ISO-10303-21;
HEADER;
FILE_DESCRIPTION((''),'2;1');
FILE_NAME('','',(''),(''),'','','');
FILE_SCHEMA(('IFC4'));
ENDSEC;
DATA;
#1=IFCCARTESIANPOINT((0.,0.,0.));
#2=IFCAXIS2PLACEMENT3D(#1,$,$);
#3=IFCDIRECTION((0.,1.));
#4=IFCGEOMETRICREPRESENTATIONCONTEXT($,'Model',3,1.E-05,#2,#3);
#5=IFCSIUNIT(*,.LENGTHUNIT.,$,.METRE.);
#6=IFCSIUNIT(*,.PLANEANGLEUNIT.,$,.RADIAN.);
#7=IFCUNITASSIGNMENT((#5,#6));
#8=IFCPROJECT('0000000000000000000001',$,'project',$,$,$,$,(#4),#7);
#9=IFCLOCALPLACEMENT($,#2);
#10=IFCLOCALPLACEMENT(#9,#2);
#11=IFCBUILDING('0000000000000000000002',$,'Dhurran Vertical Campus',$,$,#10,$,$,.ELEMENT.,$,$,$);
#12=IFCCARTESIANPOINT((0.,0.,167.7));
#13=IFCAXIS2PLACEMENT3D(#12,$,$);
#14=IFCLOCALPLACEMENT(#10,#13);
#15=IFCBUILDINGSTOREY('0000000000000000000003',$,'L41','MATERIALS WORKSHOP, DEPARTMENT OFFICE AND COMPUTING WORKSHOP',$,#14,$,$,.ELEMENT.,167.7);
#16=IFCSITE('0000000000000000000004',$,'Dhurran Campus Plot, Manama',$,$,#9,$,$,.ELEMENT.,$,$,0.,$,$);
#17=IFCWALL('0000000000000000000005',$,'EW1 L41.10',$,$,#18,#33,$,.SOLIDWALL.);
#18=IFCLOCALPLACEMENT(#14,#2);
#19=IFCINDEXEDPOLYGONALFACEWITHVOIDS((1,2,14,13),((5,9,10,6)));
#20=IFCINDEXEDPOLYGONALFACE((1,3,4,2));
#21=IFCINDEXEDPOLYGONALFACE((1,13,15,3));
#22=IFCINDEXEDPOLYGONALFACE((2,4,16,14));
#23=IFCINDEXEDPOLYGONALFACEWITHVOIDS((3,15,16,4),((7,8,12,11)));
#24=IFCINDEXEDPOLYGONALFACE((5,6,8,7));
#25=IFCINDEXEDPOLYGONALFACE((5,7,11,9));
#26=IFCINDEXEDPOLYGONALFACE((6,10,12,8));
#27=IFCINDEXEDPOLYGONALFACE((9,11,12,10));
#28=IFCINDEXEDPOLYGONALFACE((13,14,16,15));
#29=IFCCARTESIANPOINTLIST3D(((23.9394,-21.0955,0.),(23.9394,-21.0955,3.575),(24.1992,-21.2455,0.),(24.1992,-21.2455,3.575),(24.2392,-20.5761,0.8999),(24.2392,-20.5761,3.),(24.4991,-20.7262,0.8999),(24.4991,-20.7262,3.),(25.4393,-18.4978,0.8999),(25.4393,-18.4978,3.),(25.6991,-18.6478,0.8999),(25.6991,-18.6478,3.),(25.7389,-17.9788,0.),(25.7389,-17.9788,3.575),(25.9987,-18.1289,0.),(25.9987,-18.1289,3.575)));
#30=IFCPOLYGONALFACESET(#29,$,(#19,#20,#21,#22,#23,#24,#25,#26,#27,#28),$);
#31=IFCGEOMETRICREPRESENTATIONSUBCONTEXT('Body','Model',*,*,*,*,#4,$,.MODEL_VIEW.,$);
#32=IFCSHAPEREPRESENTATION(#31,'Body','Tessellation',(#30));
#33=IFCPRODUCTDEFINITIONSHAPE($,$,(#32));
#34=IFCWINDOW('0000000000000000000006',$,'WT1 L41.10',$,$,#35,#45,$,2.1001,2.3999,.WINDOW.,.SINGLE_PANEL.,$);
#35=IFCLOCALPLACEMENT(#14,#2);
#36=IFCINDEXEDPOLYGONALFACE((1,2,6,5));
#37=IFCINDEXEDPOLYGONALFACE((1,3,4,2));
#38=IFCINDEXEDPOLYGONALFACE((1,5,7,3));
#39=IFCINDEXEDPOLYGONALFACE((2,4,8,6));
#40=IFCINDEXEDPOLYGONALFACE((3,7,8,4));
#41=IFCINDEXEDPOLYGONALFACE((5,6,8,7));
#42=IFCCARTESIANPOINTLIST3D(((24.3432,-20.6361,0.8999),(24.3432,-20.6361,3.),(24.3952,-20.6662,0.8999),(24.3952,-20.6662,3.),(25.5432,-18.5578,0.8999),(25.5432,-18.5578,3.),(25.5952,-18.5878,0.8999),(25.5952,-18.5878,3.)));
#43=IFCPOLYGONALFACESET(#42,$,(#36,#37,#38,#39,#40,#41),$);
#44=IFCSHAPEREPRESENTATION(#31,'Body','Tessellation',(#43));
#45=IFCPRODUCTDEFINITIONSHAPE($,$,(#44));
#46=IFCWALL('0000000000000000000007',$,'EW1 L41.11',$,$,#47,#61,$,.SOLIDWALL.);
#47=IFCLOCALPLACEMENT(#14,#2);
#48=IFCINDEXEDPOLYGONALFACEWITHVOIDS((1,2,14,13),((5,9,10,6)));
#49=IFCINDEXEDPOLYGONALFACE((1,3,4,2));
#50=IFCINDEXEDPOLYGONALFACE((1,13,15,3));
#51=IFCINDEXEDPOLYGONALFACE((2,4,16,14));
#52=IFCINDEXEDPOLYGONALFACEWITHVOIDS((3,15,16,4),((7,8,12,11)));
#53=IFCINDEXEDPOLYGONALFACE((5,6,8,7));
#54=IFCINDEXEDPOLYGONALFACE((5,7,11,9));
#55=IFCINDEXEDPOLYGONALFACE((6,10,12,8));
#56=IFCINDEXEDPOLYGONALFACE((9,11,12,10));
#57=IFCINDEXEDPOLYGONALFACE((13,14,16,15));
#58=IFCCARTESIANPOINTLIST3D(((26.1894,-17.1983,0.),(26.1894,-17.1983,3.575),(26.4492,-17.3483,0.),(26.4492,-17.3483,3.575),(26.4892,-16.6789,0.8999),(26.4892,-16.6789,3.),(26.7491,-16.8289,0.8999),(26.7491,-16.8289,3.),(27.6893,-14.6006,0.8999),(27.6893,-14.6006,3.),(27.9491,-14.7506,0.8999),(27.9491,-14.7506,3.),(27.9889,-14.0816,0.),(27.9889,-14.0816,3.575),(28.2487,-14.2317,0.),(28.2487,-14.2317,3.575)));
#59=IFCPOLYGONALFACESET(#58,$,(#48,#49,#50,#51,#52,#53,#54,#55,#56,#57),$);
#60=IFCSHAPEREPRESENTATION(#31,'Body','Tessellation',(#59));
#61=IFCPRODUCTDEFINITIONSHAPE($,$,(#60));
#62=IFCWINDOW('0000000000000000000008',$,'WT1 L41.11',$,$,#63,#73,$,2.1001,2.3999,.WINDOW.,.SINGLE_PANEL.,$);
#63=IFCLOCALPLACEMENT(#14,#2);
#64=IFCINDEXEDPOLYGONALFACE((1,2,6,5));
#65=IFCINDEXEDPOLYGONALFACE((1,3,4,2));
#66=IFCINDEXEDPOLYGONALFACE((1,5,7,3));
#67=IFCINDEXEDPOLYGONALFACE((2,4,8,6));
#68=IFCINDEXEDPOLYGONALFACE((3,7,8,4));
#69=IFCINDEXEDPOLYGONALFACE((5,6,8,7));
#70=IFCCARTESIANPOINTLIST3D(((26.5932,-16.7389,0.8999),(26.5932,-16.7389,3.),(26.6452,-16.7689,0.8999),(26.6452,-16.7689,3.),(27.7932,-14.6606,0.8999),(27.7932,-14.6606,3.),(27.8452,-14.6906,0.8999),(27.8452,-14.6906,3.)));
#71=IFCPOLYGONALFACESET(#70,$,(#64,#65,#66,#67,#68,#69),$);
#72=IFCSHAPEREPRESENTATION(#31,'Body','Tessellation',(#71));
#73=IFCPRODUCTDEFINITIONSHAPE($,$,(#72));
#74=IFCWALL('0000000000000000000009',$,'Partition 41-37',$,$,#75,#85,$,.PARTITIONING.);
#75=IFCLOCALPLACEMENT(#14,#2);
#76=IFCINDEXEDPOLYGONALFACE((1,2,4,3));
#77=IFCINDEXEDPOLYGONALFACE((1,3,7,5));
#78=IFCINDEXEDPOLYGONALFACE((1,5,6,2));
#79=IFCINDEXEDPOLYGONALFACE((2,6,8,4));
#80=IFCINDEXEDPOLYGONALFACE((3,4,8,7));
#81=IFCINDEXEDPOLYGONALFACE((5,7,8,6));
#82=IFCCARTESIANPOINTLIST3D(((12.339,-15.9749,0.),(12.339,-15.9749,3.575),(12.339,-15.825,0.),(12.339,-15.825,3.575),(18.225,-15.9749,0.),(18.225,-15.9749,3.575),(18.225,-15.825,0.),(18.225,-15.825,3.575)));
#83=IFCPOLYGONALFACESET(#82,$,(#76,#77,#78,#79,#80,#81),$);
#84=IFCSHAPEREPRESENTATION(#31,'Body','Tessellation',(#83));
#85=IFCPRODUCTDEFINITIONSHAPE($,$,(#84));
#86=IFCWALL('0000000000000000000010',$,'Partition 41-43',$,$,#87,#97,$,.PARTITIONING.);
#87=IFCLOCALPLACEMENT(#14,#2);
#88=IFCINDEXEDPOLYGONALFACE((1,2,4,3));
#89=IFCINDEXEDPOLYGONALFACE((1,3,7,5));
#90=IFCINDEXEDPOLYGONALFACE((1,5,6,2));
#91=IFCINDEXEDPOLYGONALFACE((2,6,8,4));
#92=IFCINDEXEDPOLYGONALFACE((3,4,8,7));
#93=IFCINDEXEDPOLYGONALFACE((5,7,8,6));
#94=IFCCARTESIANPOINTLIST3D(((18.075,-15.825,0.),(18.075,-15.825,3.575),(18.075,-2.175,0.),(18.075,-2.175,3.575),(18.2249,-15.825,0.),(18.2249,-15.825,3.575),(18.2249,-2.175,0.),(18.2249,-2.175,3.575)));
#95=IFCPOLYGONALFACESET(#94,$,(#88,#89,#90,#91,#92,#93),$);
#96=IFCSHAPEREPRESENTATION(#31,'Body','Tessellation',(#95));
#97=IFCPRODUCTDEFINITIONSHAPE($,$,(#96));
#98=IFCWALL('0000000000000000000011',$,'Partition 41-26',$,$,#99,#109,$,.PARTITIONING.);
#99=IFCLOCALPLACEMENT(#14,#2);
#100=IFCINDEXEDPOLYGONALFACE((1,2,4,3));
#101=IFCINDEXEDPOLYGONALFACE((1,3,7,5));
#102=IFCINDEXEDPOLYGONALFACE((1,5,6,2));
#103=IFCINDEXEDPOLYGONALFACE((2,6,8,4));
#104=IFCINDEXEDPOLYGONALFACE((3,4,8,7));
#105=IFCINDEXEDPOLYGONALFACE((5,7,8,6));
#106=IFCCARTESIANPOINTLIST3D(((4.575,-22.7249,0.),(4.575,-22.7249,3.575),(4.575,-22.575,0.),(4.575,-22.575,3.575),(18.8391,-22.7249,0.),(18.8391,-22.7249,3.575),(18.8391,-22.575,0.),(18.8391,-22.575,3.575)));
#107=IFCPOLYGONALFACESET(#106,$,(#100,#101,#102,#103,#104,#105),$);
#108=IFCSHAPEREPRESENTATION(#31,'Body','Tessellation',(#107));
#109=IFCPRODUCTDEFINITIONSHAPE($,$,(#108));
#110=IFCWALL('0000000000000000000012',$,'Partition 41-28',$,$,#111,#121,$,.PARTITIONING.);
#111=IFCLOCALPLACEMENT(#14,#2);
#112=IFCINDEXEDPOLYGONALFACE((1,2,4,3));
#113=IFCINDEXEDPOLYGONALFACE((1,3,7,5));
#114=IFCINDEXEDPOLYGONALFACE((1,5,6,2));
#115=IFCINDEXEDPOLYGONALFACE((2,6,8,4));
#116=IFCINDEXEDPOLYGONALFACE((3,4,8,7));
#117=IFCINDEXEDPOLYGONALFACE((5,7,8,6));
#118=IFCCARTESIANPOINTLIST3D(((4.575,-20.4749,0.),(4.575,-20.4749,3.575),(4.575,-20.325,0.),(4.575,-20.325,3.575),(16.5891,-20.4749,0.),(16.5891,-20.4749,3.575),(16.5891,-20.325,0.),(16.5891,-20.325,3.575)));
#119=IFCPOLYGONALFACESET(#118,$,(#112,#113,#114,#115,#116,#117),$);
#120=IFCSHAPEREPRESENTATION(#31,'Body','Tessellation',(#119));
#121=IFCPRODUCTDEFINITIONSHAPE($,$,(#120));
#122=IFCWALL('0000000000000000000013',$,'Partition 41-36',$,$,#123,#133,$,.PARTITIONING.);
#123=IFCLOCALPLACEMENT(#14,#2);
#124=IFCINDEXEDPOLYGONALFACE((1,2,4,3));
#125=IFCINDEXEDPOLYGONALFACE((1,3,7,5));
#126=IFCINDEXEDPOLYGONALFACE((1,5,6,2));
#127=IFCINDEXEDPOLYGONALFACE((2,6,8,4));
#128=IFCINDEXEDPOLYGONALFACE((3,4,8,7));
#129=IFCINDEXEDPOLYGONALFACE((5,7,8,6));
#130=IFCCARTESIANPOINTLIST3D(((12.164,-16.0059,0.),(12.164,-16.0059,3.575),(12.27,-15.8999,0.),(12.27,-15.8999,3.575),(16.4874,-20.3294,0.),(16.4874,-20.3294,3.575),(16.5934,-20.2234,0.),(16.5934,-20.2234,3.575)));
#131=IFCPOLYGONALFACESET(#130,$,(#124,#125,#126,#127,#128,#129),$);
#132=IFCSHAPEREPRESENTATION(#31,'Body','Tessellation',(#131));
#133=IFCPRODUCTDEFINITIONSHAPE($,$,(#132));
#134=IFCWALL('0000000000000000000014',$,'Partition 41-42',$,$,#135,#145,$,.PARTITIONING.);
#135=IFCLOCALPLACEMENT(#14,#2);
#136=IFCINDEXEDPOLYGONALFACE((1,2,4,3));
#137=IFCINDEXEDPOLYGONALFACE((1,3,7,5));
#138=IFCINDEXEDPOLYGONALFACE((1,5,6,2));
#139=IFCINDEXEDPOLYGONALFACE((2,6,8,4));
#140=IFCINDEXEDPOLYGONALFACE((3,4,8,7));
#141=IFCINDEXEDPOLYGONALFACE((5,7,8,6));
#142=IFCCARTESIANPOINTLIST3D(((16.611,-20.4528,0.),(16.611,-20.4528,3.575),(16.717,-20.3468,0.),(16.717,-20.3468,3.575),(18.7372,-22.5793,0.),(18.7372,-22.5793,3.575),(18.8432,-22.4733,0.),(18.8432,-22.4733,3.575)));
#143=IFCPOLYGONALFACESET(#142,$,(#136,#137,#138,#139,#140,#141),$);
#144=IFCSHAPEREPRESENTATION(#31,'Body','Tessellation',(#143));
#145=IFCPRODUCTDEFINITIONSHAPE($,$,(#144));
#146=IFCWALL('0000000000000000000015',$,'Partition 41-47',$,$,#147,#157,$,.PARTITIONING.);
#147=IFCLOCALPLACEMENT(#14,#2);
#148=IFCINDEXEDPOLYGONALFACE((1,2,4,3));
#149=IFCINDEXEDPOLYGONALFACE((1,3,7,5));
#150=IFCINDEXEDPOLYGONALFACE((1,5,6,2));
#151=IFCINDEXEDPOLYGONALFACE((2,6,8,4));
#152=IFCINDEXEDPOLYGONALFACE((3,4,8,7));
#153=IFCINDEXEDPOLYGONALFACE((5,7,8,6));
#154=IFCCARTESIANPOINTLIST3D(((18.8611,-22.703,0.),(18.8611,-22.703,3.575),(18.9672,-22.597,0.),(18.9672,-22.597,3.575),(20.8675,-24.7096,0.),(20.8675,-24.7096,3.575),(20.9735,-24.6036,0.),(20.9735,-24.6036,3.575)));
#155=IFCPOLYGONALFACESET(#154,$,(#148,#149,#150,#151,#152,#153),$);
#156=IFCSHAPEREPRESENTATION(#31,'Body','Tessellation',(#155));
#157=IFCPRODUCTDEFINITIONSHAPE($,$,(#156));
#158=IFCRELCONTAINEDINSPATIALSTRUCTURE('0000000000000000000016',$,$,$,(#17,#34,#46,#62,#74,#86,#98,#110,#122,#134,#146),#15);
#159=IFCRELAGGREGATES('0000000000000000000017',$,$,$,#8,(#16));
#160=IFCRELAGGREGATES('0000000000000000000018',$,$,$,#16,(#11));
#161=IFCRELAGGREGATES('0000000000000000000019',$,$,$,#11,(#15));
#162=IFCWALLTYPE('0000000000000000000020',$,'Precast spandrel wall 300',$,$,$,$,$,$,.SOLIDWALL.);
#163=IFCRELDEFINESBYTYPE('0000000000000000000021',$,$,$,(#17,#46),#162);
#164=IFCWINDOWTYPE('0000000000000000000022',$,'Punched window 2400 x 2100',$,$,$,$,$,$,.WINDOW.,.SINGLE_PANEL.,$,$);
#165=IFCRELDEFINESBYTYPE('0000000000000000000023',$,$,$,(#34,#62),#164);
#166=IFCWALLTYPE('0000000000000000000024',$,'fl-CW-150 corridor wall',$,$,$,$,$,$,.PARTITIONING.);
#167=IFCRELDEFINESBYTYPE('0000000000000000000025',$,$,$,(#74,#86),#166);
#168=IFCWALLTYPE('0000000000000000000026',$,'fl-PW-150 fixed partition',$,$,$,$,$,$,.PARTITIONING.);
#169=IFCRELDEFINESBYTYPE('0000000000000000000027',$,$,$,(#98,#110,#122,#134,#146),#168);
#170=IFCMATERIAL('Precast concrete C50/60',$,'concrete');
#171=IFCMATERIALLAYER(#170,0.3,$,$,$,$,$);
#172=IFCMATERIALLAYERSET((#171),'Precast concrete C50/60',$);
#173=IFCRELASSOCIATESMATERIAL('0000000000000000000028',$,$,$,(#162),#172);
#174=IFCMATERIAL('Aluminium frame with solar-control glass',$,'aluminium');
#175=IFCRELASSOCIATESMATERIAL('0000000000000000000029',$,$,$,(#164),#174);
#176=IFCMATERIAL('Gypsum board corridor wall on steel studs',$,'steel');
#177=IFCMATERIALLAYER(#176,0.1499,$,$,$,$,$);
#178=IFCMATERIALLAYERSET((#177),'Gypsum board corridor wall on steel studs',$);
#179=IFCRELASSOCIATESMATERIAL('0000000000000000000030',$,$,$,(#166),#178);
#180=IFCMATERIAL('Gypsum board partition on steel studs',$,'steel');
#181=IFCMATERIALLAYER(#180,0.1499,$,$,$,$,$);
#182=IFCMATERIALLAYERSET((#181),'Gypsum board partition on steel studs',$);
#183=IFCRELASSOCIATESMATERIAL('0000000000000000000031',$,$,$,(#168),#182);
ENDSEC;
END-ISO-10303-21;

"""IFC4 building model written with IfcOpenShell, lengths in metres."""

from ifc_helpers import new_model, si_unit, direction, frame, frame_2d, origin, place, context, subcontext, project, spatial, rectangle, extrude, material, layer, layer_set, type_object, element, fill, save


model = new_model("IFC4")

# Units and contexts
model_context = context("Model", 3, precision=1e-05, world=origin(), true_north=direction((0.0, 1.0)))
body_context = subcontext(model_context, "Body", "Model", "MODEL_VIEW")
ifc_project = project(units=[si_unit("LENGTHUNIT", "METRE"), si_unit("PLANEANGLEUNIT", "RADIAN")], contexts=[model_context])

# Site, building, storey
site_placement = place(None, origin())
site = spatial("IfcSite", under=ifc_project, at=site_placement, Name="Dhurran Campus Plot, Manama", CompositionType="ELEMENT", RefElevation=0.0)
building_placement = place(site_placement, origin())
building = spatial("IfcBuilding", under=site, at=building_placement, Name="Dhurran Vertical Campus", CompositionType="ELEMENT")
storey_placement = place(building_placement, frame((0.0, 0.0, 167.7)))
storey = spatial("IfcBuildingStorey", under=building, at=storey_placement, Name="L41", Description="MATERIALS WORKSHOP, DEPARTMENT OFFICE AND COMPUTING WORKSHOP", CompositionType="ELEMENT", Elevation=167.7)

# Walls, openings, windows
ifc_material_1 = material(Name="Precast concrete C50/60", Category="concrete")
ifc_layer_1 = layer(ifc_material_1, 0.3)
ifc_layer_set_1 = layer_set([ifc_layer_1], Name="Precast concrete C50/60")
wall_type_1 = type_object("IfcWallType", Name="Precast spandrel wall 300", PredefinedType="SOLIDWALL", material=ifc_layer_set_1)
ifc_material_2 = material(Name="Aluminium frame with solar-control glass", Category="aluminium")
window_type = type_object("IfcWindowType", Name="Punched window 2400 x 2100", PartitioningType="SINGLE_PANEL", PredefinedType="WINDOW", material=ifc_material_2)
wall_1_placement = place(storey_placement, frame((24.0693, -21.1704, 0.0), z_axis=(0.0, 0.0, 1.0), x_axis=(0.500028, 0.866009, 0.0)))
wall_1 = element("IfcWall", 1, at=wall_1_placement, inside=storey, type_object=wall_type_1, Name="EW1 L41.10", PredefinedType="SOLIDWALL", context=body_context, shape_type="SweptSolid", body=[
    extrude(rectangle(XDim=3.5989, YDim=0.3, at=frame_2d((1.7993, 0.0))), origin(), (0.0, 0.0, 1.0), 3.575),
])
opening_1_placement = place(wall_1_placement, frame((0.5996, 0.0, 0.8999)))
opening_1 = element("IfcOpeningElement", 2, at=opening_1_placement, cuts=wall_1, PredefinedType="OPENING", context=body_context, shape_type="SweptSolid", body=[
    extrude(rectangle(XDim=2.3999, YDim=2.1001, at=frame_2d((1.2, 1.05))), frame((0.0, 0.1599, 0.0), z_axis=(0.0, -1.0, 0.0), x_axis=(1.0, 0.0, 0.0)), (0.0, 0.0, 1.0), 0.3201),
])
window_1_placement = place(opening_1_placement, origin())
window_1 = element("IfcWindow", 3, at=window_1_placement, inside=storey, type_object=window_type, Name="WT1 L41.10", OverallHeight=2.1001, OverallWidth=2.3999, PartitioningType="SINGLE_PANEL", PredefinedType="WINDOW", context=body_context, shape_type="SweptSolid", body=[
    extrude(rectangle(XDim=2.3999, YDim=2.1001, at=frame_2d((1.2, 1.05))), frame((0.0, 0.03, 0.0), z_axis=(0.0, -1.0, 0.0), x_axis=(1.0, 0.0, 0.0)), (0.0, 0.0, 1.0), 0.0601),
])
fill(opening_1, window_1)
wall_2_placement = place(storey_placement, frame((26.3193, -17.2732, 0.0), z_axis=(0.0, 0.0, 1.0), x_axis=(0.500028, 0.866009, 0.0)))
wall_2 = element("IfcWall", 4, at=wall_2_placement, inside=storey, type_object=wall_type_1, Name="EW1 L41.11", PredefinedType="SOLIDWALL", context=body_context, shape_type="SweptSolid", body=[
    extrude(rectangle(XDim=3.5989, YDim=0.3, at=frame_2d((1.7993, 0.0))), origin(), (0.0, 0.0, 1.0), 3.575),
])
opening_2_placement = place(wall_2_placement, frame((0.5996, 0.0, 0.8999)))
opening_2 = element("IfcOpeningElement", 5, at=opening_2_placement, cuts=wall_2, PredefinedType="OPENING", context=body_context, shape_type="SweptSolid", body=[
    extrude(rectangle(XDim=2.3999, YDim=2.1001, at=frame_2d((1.2, 1.05))), frame((0.0, 0.1599, 0.0), z_axis=(0.0, -1.0, 0.0), x_axis=(1.0, 0.0, 0.0)), (0.0, 0.0, 1.0), 0.3201),
])
window_2_placement = place(opening_2_placement, origin())
window_2 = element("IfcWindow", 6, at=window_2_placement, inside=storey, type_object=window_type, Name="WT1 L41.11", OverallHeight=2.1001, OverallWidth=2.3999, PartitioningType="SINGLE_PANEL", PredefinedType="WINDOW", context=body_context, shape_type="SweptSolid", body=[
    extrude(rectangle(XDim=2.3999, YDim=2.1001, at=frame_2d((1.2, 1.05))), frame((0.0, 0.03, 0.0), z_axis=(0.0, -1.0, 0.0), x_axis=(1.0, 0.0, 0.0)), (0.0, 0.0, 1.0), 0.0601),
])
fill(opening_2, window_2)

# Walls
ifc_material_3 = material(Name="Gypsum board corridor wall on steel studs", Category="steel")
ifc_layer_2 = layer(ifc_material_3, 0.1499)
ifc_layer_set_2 = layer_set([ifc_layer_2], Name="Gypsum board corridor wall on steel studs")
wall_type_2 = type_object("IfcWallType", Name="fl-CW-150 corridor wall", PredefinedType="PARTITIONING", material=ifc_layer_set_2)
wall_3_placement = place(storey_placement, frame((12.3391, -15.8999, 0.0), z_axis=(0.0, 0.0, 1.0), x_axis=(1.0, 0.0, 0.0)))
element("IfcWall", 7, at=wall_3_placement, inside=storey, type_object=wall_type_2, Name="Partition 41-37", PredefinedType="PARTITIONING", context=body_context, shape_type="SweptSolid", body=[
    extrude(rectangle(XDim=5.886, YDim=0.1499, at=frame_2d((2.9429, 0.0))), origin(), (0.0, 0.0, 1.0), 3.575),
])
wall_4_placement = place(storey_placement, frame((18.1499, -15.825, 0.0), z_axis=(0.0, 0.0, 1.0), x_axis=(0.0, 1.0, 0.0)))
element("IfcWall", 8, at=wall_4_placement, inside=storey, type_object=wall_type_2, Name="Partition 41-43", PredefinedType="PARTITIONING", context=body_context, shape_type="SweptSolid", body=[
    extrude(rectangle(XDim=13.6499, YDim=0.1499, at=frame_2d((6.825, 0.0))), origin(), (0.0, 0.0, 1.0), 3.575),
])
ifc_material_4 = material(Name="Gypsum board partition on steel studs", Category="steel")
ifc_layer_3 = layer(ifc_material_4, 0.1499)
ifc_layer_set_3 = layer_set([ifc_layer_3], Name="Gypsum board partition on steel studs")
wall_type_3 = type_object("IfcWallType", Name="fl-PW-150 fixed partition", PredefinedType="PARTITIONING", material=ifc_layer_set_3)
wall_5_placement = place(storey_placement, frame((18.8391, -22.6499, 0.0), z_axis=(0.0, 0.0, 1.0), x_axis=(-1.0, 0.0, 0.0)))
element("IfcWall", 9, at=wall_5_placement, inside=storey, type_object=wall_type_3, Name="Partition 41-26", PredefinedType="PARTITIONING", context=body_context, shape_type="SweptSolid", body=[
    extrude(rectangle(XDim=14.2642, YDim=0.1499, at=frame_2d((7.1321, 0.0))), origin(), (0.0, 0.0, 1.0), 3.575),
])
wall_6_placement = place(storey_placement, frame((16.5891, -20.3999, 0.0), z_axis=(0.0, 0.0, 1.0), x_axis=(-1.0, 0.0, 0.0)))
element("IfcWall", 10, at=wall_6_placement, inside=storey, type_object=wall_type_3, Name="Partition 41-28", PredefinedType="PARTITIONING", context=body_context, shape_type="SweptSolid", body=[
    extrude(rectangle(XDim=12.0142, YDim=0.1499, at=frame_2d((6.0071, 0.0))), origin(), (0.0, 0.0, 1.0), 3.575),
])
wall_7_placement = place(storey_placement, frame((12.217, -15.9529, 0.0), z_axis=(0.0, 0.0, 1.0), x_axis=(0.707087, -0.707127, 0.0)))
element("IfcWall", 11, at=wall_7_placement, inside=storey, type_object=wall_type_3, Name="Partition 41-36", PredefinedType="PARTITIONING", context=body_context, shape_type="SweptSolid", body=[
    extrude(rectangle(XDim=6.1143, YDim=0.1499, at=frame_2d((3.0571, 0.0))), origin(), (0.0, 0.0, 1.0), 3.575),
])
wall_8_placement = place(storey_placement, frame((16.6641, -20.3999, 0.0), z_axis=(0.0, 0.0, 1.0), x_axis=(0.707066, -0.707147, 0.0)))
element("IfcWall", 12, at=wall_8_placement, inside=storey, type_object=wall_type_3, Name="Partition 41-42", PredefinedType="PARTITIONING", context=body_context, shape_type="SweptSolid", body=[
    extrude(rectangle(XDim=3.0071, YDim=0.1499, at=frame_2d((1.5034, 0.0))), origin(), (0.0, 0.0, 1.0), 3.575),
])
wall_9_placement = place(storey_placement, frame((18.9141, -22.6499, 0.0), z_axis=(0.0, 0.0, 1.0), x_axis=(0.707064, -0.70715, 0.0)))
element("IfcWall", 13, at=wall_9_placement, inside=storey, type_object=wall_type_3, Name="Partition 41-47", PredefinedType="PARTITIONING", context=body_context, shape_type="SweptSolid", body=[
    extrude(rectangle(XDim=2.8376, YDim=0.1499, at=frame_2d((1.4189, 0.0))), origin(), (0.0, 0.0, 1.0), 3.575),
])

save(model, "model.ifc")
